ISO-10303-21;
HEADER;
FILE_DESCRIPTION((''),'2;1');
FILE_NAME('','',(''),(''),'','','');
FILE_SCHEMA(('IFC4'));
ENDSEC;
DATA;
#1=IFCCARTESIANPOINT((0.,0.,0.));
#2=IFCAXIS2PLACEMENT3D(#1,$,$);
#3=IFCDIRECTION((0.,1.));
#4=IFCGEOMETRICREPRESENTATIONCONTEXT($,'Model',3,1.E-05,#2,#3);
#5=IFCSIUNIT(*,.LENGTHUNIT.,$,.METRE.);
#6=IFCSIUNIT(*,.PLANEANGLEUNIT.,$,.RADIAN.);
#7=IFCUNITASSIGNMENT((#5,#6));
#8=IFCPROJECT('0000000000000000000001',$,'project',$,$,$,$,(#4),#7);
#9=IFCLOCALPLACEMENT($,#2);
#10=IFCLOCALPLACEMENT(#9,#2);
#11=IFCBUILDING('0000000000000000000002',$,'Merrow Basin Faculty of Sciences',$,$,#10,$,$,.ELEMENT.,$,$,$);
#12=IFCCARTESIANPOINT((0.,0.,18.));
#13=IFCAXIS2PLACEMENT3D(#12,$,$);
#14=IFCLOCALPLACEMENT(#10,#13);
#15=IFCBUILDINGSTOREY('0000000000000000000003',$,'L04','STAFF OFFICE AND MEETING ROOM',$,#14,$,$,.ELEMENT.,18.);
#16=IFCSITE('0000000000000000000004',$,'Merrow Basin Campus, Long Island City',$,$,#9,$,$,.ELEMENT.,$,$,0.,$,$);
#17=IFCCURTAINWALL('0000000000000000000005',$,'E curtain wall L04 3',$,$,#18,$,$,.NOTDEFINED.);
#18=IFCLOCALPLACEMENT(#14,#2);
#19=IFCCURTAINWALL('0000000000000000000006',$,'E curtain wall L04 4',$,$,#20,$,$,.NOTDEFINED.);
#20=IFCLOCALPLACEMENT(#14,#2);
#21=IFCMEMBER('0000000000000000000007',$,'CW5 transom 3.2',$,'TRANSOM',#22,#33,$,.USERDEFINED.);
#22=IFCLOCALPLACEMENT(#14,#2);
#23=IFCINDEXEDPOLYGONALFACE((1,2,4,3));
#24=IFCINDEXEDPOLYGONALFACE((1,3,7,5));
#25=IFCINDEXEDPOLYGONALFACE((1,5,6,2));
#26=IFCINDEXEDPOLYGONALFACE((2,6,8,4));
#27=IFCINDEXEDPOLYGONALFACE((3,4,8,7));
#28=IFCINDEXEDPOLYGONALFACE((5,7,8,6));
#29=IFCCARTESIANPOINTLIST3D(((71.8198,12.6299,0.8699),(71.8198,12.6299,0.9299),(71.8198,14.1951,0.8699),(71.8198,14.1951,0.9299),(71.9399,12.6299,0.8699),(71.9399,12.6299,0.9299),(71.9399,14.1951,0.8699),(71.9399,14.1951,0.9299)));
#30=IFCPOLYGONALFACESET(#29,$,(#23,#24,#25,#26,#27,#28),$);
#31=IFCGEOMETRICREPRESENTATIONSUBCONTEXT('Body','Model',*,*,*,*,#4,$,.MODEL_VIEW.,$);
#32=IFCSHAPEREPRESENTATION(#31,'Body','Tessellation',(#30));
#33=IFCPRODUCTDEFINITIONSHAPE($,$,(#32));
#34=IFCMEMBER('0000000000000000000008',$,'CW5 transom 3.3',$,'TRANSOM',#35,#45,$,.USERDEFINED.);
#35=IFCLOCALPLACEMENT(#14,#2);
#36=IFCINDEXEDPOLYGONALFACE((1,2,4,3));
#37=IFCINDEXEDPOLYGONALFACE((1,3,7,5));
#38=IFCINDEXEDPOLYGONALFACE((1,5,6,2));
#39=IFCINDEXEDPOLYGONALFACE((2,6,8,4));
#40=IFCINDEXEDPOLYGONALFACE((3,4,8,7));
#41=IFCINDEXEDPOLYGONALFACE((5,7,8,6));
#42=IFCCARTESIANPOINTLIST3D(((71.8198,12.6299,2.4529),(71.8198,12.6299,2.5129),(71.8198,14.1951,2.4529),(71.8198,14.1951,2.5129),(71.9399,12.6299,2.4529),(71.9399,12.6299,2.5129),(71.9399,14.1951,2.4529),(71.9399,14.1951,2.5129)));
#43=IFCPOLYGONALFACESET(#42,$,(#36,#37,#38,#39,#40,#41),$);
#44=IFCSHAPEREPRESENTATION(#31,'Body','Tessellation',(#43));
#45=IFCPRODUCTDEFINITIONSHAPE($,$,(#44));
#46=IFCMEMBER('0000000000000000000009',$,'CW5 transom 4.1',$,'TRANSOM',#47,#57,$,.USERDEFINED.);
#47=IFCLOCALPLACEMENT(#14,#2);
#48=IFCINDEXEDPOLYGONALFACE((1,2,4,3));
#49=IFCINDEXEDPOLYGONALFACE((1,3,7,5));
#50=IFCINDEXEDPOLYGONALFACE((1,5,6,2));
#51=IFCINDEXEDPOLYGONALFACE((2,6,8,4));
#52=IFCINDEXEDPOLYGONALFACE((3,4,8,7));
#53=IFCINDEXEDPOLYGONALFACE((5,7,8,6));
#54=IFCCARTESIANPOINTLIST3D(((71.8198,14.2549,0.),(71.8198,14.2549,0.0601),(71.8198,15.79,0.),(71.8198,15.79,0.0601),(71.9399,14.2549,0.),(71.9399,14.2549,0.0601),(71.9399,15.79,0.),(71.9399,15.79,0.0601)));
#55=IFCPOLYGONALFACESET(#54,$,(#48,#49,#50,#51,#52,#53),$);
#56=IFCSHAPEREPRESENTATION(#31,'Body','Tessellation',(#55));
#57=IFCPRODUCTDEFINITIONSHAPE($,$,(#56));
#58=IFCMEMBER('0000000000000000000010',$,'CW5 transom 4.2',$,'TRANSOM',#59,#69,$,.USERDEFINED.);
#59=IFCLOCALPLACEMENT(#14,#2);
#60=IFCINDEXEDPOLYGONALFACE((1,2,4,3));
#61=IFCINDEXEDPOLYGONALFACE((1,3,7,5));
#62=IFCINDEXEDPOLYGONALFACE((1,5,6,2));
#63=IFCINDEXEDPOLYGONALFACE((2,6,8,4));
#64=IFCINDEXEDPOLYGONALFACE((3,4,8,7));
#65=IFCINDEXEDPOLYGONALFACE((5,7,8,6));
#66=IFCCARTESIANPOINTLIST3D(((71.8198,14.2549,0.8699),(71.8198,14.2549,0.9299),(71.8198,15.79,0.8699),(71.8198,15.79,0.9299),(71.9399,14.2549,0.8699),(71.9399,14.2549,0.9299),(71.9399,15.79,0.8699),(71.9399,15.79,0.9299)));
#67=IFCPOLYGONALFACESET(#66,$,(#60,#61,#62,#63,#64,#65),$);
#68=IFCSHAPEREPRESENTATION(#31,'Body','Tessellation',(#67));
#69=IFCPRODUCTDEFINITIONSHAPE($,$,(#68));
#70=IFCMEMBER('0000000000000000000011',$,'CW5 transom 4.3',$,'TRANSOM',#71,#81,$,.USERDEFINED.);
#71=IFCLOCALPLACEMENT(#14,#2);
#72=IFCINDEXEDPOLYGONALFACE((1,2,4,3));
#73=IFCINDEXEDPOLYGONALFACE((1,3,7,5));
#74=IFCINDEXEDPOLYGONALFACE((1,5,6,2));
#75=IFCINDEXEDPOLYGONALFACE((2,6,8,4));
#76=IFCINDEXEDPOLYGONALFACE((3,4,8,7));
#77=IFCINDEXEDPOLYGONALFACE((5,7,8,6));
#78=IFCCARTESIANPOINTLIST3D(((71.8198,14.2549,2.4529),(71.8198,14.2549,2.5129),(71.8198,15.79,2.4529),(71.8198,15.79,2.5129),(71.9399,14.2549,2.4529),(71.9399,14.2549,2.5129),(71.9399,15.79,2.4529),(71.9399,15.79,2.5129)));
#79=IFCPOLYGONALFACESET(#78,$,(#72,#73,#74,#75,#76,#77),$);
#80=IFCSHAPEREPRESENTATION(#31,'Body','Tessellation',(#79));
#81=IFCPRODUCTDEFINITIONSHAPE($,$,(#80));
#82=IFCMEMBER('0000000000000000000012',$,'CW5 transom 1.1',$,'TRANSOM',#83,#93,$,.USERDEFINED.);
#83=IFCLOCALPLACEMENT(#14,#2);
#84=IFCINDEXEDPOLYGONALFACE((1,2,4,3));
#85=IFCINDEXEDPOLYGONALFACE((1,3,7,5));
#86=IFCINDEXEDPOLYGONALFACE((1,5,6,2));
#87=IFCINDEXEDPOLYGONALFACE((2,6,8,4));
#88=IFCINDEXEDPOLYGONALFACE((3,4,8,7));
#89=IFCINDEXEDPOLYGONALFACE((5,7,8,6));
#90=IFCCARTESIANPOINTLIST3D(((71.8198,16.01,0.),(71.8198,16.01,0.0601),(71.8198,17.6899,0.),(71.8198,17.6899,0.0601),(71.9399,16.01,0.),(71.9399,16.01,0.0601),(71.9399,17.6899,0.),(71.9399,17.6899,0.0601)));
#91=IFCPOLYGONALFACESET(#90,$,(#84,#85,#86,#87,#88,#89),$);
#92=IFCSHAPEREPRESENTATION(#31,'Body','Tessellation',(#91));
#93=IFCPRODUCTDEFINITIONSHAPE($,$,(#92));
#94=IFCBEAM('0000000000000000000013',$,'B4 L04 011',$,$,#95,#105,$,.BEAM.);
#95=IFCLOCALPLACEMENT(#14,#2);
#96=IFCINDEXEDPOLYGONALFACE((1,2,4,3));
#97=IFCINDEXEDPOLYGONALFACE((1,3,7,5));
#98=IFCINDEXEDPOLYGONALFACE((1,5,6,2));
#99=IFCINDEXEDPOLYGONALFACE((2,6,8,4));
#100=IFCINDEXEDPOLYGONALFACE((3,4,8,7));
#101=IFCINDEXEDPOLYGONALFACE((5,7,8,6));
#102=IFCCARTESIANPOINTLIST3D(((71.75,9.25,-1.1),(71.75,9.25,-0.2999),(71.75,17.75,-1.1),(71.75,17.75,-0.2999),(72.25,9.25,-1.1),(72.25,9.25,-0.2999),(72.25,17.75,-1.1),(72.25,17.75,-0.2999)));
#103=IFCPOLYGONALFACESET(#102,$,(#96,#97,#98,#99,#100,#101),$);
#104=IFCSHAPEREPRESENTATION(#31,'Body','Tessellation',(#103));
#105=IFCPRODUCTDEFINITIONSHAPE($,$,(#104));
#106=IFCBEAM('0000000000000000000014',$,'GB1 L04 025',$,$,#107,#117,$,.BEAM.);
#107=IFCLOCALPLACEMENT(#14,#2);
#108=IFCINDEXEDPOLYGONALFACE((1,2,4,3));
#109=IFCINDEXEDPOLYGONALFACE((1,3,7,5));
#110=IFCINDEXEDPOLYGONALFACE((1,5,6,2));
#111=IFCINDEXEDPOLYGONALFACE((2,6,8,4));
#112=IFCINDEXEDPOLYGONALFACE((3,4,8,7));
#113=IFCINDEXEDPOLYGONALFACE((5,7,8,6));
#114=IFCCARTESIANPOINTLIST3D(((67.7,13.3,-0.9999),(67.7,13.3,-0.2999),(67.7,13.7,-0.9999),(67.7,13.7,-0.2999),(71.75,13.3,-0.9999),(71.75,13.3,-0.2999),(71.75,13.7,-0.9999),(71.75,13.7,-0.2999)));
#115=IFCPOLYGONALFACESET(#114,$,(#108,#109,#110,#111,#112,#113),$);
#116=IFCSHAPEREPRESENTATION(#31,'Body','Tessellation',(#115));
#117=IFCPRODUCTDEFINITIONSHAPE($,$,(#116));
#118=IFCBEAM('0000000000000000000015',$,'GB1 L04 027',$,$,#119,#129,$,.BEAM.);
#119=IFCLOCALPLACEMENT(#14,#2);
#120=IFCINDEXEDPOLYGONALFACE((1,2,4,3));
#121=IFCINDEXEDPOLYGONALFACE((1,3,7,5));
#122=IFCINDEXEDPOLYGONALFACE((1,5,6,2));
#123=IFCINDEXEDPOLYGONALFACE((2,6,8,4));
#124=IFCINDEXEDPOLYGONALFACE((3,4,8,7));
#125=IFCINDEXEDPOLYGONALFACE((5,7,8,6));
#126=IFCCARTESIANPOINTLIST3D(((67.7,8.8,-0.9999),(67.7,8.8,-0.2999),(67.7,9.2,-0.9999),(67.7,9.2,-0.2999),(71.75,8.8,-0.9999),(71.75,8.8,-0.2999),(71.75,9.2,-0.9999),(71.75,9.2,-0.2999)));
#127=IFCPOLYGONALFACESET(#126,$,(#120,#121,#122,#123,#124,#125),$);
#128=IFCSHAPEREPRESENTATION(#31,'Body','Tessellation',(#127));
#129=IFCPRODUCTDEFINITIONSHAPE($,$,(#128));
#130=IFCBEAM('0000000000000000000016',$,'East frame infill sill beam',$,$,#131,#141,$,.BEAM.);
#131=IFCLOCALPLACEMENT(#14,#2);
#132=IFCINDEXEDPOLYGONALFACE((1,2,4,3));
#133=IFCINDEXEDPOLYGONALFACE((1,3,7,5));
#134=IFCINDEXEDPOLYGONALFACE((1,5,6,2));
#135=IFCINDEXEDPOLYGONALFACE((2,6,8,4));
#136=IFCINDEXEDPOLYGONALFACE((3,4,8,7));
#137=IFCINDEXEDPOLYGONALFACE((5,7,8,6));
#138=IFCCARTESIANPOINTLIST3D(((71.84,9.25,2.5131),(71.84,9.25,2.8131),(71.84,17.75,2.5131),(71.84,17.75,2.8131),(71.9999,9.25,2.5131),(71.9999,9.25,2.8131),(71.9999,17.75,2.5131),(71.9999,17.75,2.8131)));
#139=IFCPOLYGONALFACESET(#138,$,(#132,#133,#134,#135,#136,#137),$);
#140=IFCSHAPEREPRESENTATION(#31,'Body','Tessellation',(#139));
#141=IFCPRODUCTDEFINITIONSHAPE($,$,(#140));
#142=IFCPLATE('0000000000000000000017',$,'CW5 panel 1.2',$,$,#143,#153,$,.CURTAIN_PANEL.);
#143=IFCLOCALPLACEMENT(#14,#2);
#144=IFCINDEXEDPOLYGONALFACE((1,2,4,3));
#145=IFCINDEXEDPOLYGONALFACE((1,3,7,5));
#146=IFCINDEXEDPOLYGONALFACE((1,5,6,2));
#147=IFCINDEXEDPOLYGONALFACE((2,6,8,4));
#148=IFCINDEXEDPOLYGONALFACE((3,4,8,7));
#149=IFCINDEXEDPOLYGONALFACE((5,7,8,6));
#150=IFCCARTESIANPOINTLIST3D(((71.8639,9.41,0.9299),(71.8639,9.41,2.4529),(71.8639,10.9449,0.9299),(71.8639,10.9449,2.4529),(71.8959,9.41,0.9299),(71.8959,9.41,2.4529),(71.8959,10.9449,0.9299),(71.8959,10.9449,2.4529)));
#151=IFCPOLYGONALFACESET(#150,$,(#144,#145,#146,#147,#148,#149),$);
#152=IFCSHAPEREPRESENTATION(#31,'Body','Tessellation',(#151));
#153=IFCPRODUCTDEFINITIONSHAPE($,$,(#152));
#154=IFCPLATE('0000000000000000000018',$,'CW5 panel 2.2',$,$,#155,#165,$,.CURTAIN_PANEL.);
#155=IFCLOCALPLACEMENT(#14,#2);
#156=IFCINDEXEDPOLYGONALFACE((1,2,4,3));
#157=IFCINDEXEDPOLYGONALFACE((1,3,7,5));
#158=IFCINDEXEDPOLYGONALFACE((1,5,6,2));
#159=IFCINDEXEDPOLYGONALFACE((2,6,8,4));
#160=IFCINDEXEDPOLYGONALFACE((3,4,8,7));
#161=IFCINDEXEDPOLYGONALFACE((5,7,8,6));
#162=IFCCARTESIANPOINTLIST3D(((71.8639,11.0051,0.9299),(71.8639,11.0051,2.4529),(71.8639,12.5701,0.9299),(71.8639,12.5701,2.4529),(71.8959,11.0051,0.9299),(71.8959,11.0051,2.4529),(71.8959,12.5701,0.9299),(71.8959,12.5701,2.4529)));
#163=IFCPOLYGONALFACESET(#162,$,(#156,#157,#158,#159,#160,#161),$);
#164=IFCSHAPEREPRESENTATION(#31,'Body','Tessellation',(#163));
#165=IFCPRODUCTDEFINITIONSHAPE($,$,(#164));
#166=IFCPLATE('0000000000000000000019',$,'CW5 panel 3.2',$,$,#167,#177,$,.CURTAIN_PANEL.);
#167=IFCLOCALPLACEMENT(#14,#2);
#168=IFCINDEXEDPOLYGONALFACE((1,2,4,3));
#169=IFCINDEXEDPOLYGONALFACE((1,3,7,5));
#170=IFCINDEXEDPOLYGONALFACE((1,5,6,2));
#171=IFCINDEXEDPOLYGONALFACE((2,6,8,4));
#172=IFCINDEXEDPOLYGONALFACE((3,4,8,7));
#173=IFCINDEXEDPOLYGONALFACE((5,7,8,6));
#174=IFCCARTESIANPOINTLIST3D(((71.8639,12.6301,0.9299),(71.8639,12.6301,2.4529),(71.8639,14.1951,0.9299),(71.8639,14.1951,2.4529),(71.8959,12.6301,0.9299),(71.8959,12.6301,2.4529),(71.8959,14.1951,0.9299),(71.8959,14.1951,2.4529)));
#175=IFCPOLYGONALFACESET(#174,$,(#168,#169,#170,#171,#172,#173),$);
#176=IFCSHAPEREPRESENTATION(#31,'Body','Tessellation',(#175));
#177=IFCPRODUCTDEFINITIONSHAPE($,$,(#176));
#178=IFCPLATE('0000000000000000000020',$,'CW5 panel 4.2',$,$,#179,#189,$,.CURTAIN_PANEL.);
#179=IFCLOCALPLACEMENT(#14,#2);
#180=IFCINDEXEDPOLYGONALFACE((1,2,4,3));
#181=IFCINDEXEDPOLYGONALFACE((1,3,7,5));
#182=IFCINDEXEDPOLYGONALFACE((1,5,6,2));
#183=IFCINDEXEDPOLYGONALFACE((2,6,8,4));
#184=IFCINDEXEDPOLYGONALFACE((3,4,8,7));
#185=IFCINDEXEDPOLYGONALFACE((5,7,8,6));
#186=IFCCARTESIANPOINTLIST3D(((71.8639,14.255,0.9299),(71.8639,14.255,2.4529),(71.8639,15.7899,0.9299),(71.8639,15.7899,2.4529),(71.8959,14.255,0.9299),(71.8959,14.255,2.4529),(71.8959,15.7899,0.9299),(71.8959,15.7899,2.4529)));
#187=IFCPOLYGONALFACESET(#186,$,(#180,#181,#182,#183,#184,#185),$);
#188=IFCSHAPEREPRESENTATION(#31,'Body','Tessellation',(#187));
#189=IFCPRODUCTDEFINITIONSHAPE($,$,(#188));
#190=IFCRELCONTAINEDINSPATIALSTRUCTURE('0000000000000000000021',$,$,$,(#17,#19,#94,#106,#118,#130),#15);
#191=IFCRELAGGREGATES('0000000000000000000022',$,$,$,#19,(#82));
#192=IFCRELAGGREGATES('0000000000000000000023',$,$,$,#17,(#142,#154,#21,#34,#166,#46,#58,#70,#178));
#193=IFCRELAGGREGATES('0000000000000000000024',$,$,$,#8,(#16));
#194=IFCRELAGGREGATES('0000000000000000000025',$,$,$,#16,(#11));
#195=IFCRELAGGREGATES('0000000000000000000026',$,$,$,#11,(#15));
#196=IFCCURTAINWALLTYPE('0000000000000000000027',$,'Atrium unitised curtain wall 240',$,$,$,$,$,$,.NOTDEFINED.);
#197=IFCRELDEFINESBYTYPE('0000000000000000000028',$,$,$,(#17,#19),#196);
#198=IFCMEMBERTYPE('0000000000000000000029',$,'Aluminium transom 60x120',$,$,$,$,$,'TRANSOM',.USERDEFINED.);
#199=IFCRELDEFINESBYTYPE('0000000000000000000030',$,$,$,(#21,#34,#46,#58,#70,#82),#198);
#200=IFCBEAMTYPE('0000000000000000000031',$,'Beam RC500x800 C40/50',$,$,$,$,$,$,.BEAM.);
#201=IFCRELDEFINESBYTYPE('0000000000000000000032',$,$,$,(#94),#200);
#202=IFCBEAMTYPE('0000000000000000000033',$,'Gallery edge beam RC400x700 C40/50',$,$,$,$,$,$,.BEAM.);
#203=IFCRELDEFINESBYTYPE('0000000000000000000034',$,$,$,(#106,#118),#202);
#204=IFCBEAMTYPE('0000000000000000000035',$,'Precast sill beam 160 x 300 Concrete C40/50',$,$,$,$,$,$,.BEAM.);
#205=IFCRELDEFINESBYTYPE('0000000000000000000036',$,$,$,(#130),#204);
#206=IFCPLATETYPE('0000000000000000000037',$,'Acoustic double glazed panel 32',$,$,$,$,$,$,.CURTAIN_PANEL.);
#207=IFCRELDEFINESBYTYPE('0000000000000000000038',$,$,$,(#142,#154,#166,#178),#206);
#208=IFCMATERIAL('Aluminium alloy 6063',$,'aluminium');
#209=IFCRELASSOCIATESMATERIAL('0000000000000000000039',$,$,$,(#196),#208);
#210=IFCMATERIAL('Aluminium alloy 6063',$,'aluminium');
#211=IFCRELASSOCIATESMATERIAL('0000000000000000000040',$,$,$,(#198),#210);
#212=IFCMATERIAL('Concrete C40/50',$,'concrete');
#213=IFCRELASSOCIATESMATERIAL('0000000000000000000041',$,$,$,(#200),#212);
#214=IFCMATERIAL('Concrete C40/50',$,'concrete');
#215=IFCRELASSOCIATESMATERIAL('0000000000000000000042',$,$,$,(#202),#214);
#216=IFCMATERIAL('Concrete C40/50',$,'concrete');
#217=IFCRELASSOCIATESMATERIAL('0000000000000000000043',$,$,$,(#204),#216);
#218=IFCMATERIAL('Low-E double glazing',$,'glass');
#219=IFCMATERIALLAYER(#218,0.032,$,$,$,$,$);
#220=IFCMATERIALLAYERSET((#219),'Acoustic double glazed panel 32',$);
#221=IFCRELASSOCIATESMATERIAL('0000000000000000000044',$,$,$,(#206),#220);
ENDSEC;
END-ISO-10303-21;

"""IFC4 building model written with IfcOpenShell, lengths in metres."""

from ifc_helpers import new_model, si_unit, direction, frame, origin, origin_2d, place, context, subcontext, project, spatial, rectangle, extrude, material, layer, layer_set, material_profile, profile_set, type_object, element, aggregate, save


model = new_model("IFC4")

# Units and contexts
model_context = context("Model", 3, precision=1e-05, world=origin(), true_north=direction((0.0, 1.0)))
body_context = subcontext(model_context, "Body", "Model", "MODEL_VIEW")
ifc_project = project(units=[si_unit("LENGTHUNIT", "METRE"), si_unit("PLANEANGLEUNIT", "RADIAN")], contexts=[model_context])

# Site, building, storey
site_placement = place(None, origin())
site = spatial("IfcSite", under=ifc_project, at=site_placement, Name="Merrow Basin Campus, Long Island City", CompositionType="ELEMENT", RefElevation=0.0)
building_placement = place(site_placement, origin())
building = spatial("IfcBuilding", under=site, at=building_placement, Name="Merrow Basin Faculty of Sciences", CompositionType="ELEMENT")
storey_placement = place(building_placement, frame((0.0, 0.0, 18.0)))
storey = spatial("IfcBuildingStorey", under=building, at=storey_placement, Name="L04", Description="STAFF OFFICE AND MEETING ROOM", CompositionType="ELEMENT", Elevation=18.0)

# Curtain wall
ifc_material_1 = material(Name="Aluminium alloy 6063", Category="aluminium")
curtain_wall_type = type_object("IfcCurtainWallType", Name="Atrium unitised curtain wall 240", PredefinedType="NOTDEFINED", material=ifc_material_1)
curtain_wall_1_placement = place(storey_placement, origin())
curtain_wall_1 = element("IfcCurtainWall", 1, at=curtain_wall_1_placement, inside=storey, type_object=curtain_wall_type, Name="E curtain wall L04 3", PredefinedType="NOTDEFINED")

# Curtain wall
curtain_wall_2_placement = place(storey_placement, origin())
curtain_wall_2 = element("IfcCurtainWall", 2, at=curtain_wall_2_placement, inside=storey, type_object=curtain_wall_type, Name="E curtain wall L04 4", PredefinedType="NOTDEFINED")

# Members
ifc_material_2 = material(Name="Aluminium alloy 6063", Category="aluminium")
ifc_material_profile_1 = material_profile(ifc_material_2, rectangle(XDim=0.1201, YDim=0.0601, at=origin_2d()))
ifc_profile_set_1 = profile_set([ifc_material_profile_1], Name="Aluminium alloy 6063")
member_type_1 = type_object("IfcMemberType", Name="Aluminium transom 60x120", ElementType="TRANSOM", PredefinedType="USERDEFINED", material=ifc_profile_set_1)
member_1_placement = place(storey_placement, frame((71.8799, 12.6299, 0.8999), z_axis=(0.0, 1.0, 0.0), x_axis=(-1.0, 0.0, 0.0)))
member_1 = element("IfcMember", 3, at=member_1_placement, type_object=member_type_1, Name="CW5 transom 3.2", ObjectType="TRANSOM", PredefinedType="USERDEFINED", context=body_context, shape_type="SweptSolid", body=[
    extrude(rectangle(XDim=0.1201, YDim=0.0601, at=origin_2d()), origin(), (0.0, 0.0, 1.0), 1.5652),
])
member_2_placement = place(storey_placement, frame((71.8799, 12.6299, 2.4829), z_axis=(0.0, 1.0, 0.0), x_axis=(-1.0, 0.0, 0.0)))
member_2 = element("IfcMember", 4, at=member_2_placement, type_object=member_type_1, Name="CW5 transom 3.3", ObjectType="TRANSOM", PredefinedType="USERDEFINED", context=body_context, shape_type="SweptSolid", body=[
    extrude(rectangle(XDim=0.1201, YDim=0.0601, at=origin_2d()), origin(), (0.0, 0.0, 1.0), 1.5652),
])
member_3_placement = place(storey_placement, frame((71.8799, 14.2549, 0.03), z_axis=(0.0, 1.0, 0.0), x_axis=(-1.0, 0.0, 0.0)))
member_3 = element("IfcMember", 5, at=member_3_placement, type_object=member_type_1, Name="CW5 transom 4.1", ObjectType="TRANSOM", PredefinedType="USERDEFINED", context=body_context, shape_type="SweptSolid", body=[
    extrude(rectangle(XDim=0.1201, YDim=0.0601, at=origin_2d()), origin(), (0.0, 0.0, 1.0), 1.5352),
])
member_4_placement = place(storey_placement, frame((71.8799, 14.2549, 0.8999), z_axis=(0.0, 1.0, 0.0), x_axis=(-1.0, 0.0, 0.0)))
member_4 = element("IfcMember", 6, at=member_4_placement, type_object=member_type_1, Name="CW5 transom 4.2", ObjectType="TRANSOM", PredefinedType="USERDEFINED", context=body_context, shape_type="SweptSolid", body=[
    extrude(rectangle(XDim=0.1201, YDim=0.0601, at=origin_2d()), origin(), (0.0, 0.0, 1.0), 1.5352),
])
member_5_placement = place(storey_placement, frame((71.8799, 14.2549, 2.4829), z_axis=(0.0, 1.0, 0.0), x_axis=(-1.0, 0.0, 0.0)))
member_5 = element("IfcMember", 7, at=member_5_placement, type_object=member_type_1, Name="CW5 transom 4.3", ObjectType="TRANSOM", PredefinedType="USERDEFINED", context=body_context, shape_type="SweptSolid", body=[
    extrude(rectangle(XDim=0.1201, YDim=0.0601, at=origin_2d()), origin(), (0.0, 0.0, 1.0), 1.5352),
])
member_6_placement = place(storey_placement, frame((71.8799, 16.01, 0.03), z_axis=(0.0, 1.0, 0.0), x_axis=(-1.0, 0.0, 0.0)))
member_6 = element("IfcMember", 8, at=member_6_placement, type_object=member_type_1, Name="CW5 transom 1.1", ObjectType="TRANSOM", PredefinedType="USERDEFINED", context=body_context, shape_type="SweptSolid", body=[
    extrude(rectangle(XDim=0.1201, YDim=0.0601, at=origin_2d()), origin(), (0.0, 0.0, 1.0), 1.6799),
])
aggregate(curtain_wall_2, [member_6])

# Beams
ifc_material_3 = material(Name="Concrete C40/50", Category="concrete")
ifc_material_profile_2 = material_profile(ifc_material_3, rectangle(XDim=0.5, YDim=0.8, at=origin_2d()))
ifc_profile_set_2 = profile_set([ifc_material_profile_2], Name="Concrete C40/50")
beam_type_1 = type_object("IfcBeamType", Name="Beam RC500x800 C40/50", PredefinedType="BEAM", material=ifc_profile_set_2)
beam_1_placement = place(storey_placement, frame((72.0, 9.25, -0.7), z_axis=(0.0, 1.0, 0.0), x_axis=(-1.0, 0.0, 0.0)))
element("IfcBeam", 9, at=beam_1_placement, inside=storey, type_object=beam_type_1, Name="B4 L04 011", PredefinedType="BEAM", context=body_context, shape_type="SweptSolid", body=[
    extrude(rectangle(XDim=0.5, YDim=0.8, at=origin_2d()), origin(), (0.0, 0.0, 1.0), 8.5),
])
ifc_material_4 = material(Name="Concrete C40/50", Category="concrete")
ifc_material_profile_3 = material_profile(ifc_material_4, rectangle(XDim=0.3999, YDim=0.7, at=origin_2d()))
ifc_profile_set_3 = profile_set([ifc_material_profile_3], Name="Concrete C40/50")
beam_type_2 = type_object("IfcBeamType", Name="Gallery edge beam RC400x700 C40/50", PredefinedType="BEAM", material=ifc_profile_set_3)
for number, where, z_axis, x_axis, name in (
    (10, (67.7, 13.5, -0.6499), (1.0, 0.0, 0.0), (0.0, 1.0, 0.0), "GB1 L04 025"),
    (11, (67.7, 9.0, -0.6499), (1.0, 0.0, 0.0), (0.0, 1.0, 0.0), "GB1 L04 027"),
):
    element("IfcBeam", number, at=place(storey_placement, frame(where, z_axis=z_axis, x_axis=x_axis)), inside=storey, type_object=beam_type_2, Name=name, PredefinedType="BEAM", context=body_context, shape_type="SweptSolid", body=[
        extrude(rectangle(XDim=0.3999, YDim=0.7, at=origin_2d()), origin(), (0.0, 0.0, 1.0), 4.05),
    ])
ifc_material_5 = material(Name="Concrete C40/50", Category="concrete")
ifc_material_profile_4 = material_profile(ifc_material_5, rectangle(XDim=0.1599, YDim=0.3, at=origin_2d()))
ifc_profile_set_4 = profile_set([ifc_material_profile_4], Name="Concrete C40/50")
beam_type_3 = type_object("IfcBeamType", Name="Precast sill beam 160 x 300 Concrete C40/50", PredefinedType="BEAM", material=ifc_profile_set_4)
beam_2_placement = place(storey_placement, frame((71.9199, 9.25, 2.6631), z_axis=(0.0, 1.0, 0.0), x_axis=(-1.0, 0.0, 0.0)))
element("IfcBeam", 12, at=beam_2_placement, inside=storey, type_object=beam_type_3, Name="East frame infill sill beam", PredefinedType="BEAM", context=body_context, shape_type="SweptSolid", body=[
    extrude(rectangle(XDim=0.1599, YDim=0.3, at=origin_2d()), origin(), (0.0, 0.0, 1.0), 8.5),
])

# Plates
ifc_material_6 = material(Name="Low-E double glazing", Category="glass")
ifc_layer_1 = layer(ifc_material_6, 0.032)
ifc_layer_set_1 = layer_set([ifc_layer_1], Name="Acoustic double glazed panel 32")
plate_type_1 = type_object("IfcPlateType", Name="Acoustic double glazed panel 32", PredefinedType="CURTAIN_PANEL", material=ifc_layer_set_1)
plate_1_placement = place(storey_placement, frame((71.8799, 10.1775, 0.9299), z_axis=(0.0, 0.0, 1.0), x_axis=(0.0, 1.0, 0.0)))
plate_1 = element("IfcPlate", 13, at=plate_1_placement, type_object=plate_type_1, Name="CW5 panel 1.2", PredefinedType="CURTAIN_PANEL", context=body_context, shape_type="SweptSolid", body=[
    extrude(rectangle(XDim=1.5349, YDim=0.032, at=origin_2d()), origin(), (0.0, 0.0, 1.0), 1.5229),
])
plate_2_placement = place(storey_placement, frame((71.8799, 11.7876, 0.9299), z_axis=(0.0, 0.0, 1.0), x_axis=(0.0, 1.0, 0.0)))
plate_2 = element("IfcPlate", 14, at=plate_2_placement, type_object=plate_type_1, Name="CW5 panel 2.2", PredefinedType="CURTAIN_PANEL", context=body_context, shape_type="SweptSolid", body=[
    extrude(rectangle(XDim=1.5649, YDim=0.032, at=origin_2d()), origin(), (0.0, 0.0, 1.0), 1.5229),
])
plate_3_placement = place(storey_placement, frame((71.8799, 13.4126, 0.9299), z_axis=(0.0, 0.0, 1.0), x_axis=(0.0, 1.0, 0.0)))
plate_3 = element("IfcPlate", 15, at=plate_3_placement, type_object=plate_type_1, Name="CW5 panel 3.2", PredefinedType="CURTAIN_PANEL", context=body_context, shape_type="SweptSolid", body=[
    extrude(rectangle(XDim=1.5649, YDim=0.032, at=origin_2d()), origin(), (0.0, 0.0, 1.0), 1.5229),
])
plate_4_placement = place(storey_placement, frame((71.8799, 15.0225, 0.9299), z_axis=(0.0, 0.0, 1.0), x_axis=(0.0, 1.0, 0.0)))
plate_4 = element("IfcPlate", 16, at=plate_4_placement, type_object=plate_type_1, Name="CW5 panel 4.2", PredefinedType="CURTAIN_PANEL", context=body_context, shape_type="SweptSolid", body=[
    extrude(rectangle(XDim=1.5349, YDim=0.032, at=origin_2d()), origin(), (0.0, 0.0, 1.0), 1.5229),
])
aggregate(curtain_wall_1, [plate_1, plate_2, member_1, member_2, plate_3, member_3, member_4, member_5, plate_4])

save(model, "model.ifc")
